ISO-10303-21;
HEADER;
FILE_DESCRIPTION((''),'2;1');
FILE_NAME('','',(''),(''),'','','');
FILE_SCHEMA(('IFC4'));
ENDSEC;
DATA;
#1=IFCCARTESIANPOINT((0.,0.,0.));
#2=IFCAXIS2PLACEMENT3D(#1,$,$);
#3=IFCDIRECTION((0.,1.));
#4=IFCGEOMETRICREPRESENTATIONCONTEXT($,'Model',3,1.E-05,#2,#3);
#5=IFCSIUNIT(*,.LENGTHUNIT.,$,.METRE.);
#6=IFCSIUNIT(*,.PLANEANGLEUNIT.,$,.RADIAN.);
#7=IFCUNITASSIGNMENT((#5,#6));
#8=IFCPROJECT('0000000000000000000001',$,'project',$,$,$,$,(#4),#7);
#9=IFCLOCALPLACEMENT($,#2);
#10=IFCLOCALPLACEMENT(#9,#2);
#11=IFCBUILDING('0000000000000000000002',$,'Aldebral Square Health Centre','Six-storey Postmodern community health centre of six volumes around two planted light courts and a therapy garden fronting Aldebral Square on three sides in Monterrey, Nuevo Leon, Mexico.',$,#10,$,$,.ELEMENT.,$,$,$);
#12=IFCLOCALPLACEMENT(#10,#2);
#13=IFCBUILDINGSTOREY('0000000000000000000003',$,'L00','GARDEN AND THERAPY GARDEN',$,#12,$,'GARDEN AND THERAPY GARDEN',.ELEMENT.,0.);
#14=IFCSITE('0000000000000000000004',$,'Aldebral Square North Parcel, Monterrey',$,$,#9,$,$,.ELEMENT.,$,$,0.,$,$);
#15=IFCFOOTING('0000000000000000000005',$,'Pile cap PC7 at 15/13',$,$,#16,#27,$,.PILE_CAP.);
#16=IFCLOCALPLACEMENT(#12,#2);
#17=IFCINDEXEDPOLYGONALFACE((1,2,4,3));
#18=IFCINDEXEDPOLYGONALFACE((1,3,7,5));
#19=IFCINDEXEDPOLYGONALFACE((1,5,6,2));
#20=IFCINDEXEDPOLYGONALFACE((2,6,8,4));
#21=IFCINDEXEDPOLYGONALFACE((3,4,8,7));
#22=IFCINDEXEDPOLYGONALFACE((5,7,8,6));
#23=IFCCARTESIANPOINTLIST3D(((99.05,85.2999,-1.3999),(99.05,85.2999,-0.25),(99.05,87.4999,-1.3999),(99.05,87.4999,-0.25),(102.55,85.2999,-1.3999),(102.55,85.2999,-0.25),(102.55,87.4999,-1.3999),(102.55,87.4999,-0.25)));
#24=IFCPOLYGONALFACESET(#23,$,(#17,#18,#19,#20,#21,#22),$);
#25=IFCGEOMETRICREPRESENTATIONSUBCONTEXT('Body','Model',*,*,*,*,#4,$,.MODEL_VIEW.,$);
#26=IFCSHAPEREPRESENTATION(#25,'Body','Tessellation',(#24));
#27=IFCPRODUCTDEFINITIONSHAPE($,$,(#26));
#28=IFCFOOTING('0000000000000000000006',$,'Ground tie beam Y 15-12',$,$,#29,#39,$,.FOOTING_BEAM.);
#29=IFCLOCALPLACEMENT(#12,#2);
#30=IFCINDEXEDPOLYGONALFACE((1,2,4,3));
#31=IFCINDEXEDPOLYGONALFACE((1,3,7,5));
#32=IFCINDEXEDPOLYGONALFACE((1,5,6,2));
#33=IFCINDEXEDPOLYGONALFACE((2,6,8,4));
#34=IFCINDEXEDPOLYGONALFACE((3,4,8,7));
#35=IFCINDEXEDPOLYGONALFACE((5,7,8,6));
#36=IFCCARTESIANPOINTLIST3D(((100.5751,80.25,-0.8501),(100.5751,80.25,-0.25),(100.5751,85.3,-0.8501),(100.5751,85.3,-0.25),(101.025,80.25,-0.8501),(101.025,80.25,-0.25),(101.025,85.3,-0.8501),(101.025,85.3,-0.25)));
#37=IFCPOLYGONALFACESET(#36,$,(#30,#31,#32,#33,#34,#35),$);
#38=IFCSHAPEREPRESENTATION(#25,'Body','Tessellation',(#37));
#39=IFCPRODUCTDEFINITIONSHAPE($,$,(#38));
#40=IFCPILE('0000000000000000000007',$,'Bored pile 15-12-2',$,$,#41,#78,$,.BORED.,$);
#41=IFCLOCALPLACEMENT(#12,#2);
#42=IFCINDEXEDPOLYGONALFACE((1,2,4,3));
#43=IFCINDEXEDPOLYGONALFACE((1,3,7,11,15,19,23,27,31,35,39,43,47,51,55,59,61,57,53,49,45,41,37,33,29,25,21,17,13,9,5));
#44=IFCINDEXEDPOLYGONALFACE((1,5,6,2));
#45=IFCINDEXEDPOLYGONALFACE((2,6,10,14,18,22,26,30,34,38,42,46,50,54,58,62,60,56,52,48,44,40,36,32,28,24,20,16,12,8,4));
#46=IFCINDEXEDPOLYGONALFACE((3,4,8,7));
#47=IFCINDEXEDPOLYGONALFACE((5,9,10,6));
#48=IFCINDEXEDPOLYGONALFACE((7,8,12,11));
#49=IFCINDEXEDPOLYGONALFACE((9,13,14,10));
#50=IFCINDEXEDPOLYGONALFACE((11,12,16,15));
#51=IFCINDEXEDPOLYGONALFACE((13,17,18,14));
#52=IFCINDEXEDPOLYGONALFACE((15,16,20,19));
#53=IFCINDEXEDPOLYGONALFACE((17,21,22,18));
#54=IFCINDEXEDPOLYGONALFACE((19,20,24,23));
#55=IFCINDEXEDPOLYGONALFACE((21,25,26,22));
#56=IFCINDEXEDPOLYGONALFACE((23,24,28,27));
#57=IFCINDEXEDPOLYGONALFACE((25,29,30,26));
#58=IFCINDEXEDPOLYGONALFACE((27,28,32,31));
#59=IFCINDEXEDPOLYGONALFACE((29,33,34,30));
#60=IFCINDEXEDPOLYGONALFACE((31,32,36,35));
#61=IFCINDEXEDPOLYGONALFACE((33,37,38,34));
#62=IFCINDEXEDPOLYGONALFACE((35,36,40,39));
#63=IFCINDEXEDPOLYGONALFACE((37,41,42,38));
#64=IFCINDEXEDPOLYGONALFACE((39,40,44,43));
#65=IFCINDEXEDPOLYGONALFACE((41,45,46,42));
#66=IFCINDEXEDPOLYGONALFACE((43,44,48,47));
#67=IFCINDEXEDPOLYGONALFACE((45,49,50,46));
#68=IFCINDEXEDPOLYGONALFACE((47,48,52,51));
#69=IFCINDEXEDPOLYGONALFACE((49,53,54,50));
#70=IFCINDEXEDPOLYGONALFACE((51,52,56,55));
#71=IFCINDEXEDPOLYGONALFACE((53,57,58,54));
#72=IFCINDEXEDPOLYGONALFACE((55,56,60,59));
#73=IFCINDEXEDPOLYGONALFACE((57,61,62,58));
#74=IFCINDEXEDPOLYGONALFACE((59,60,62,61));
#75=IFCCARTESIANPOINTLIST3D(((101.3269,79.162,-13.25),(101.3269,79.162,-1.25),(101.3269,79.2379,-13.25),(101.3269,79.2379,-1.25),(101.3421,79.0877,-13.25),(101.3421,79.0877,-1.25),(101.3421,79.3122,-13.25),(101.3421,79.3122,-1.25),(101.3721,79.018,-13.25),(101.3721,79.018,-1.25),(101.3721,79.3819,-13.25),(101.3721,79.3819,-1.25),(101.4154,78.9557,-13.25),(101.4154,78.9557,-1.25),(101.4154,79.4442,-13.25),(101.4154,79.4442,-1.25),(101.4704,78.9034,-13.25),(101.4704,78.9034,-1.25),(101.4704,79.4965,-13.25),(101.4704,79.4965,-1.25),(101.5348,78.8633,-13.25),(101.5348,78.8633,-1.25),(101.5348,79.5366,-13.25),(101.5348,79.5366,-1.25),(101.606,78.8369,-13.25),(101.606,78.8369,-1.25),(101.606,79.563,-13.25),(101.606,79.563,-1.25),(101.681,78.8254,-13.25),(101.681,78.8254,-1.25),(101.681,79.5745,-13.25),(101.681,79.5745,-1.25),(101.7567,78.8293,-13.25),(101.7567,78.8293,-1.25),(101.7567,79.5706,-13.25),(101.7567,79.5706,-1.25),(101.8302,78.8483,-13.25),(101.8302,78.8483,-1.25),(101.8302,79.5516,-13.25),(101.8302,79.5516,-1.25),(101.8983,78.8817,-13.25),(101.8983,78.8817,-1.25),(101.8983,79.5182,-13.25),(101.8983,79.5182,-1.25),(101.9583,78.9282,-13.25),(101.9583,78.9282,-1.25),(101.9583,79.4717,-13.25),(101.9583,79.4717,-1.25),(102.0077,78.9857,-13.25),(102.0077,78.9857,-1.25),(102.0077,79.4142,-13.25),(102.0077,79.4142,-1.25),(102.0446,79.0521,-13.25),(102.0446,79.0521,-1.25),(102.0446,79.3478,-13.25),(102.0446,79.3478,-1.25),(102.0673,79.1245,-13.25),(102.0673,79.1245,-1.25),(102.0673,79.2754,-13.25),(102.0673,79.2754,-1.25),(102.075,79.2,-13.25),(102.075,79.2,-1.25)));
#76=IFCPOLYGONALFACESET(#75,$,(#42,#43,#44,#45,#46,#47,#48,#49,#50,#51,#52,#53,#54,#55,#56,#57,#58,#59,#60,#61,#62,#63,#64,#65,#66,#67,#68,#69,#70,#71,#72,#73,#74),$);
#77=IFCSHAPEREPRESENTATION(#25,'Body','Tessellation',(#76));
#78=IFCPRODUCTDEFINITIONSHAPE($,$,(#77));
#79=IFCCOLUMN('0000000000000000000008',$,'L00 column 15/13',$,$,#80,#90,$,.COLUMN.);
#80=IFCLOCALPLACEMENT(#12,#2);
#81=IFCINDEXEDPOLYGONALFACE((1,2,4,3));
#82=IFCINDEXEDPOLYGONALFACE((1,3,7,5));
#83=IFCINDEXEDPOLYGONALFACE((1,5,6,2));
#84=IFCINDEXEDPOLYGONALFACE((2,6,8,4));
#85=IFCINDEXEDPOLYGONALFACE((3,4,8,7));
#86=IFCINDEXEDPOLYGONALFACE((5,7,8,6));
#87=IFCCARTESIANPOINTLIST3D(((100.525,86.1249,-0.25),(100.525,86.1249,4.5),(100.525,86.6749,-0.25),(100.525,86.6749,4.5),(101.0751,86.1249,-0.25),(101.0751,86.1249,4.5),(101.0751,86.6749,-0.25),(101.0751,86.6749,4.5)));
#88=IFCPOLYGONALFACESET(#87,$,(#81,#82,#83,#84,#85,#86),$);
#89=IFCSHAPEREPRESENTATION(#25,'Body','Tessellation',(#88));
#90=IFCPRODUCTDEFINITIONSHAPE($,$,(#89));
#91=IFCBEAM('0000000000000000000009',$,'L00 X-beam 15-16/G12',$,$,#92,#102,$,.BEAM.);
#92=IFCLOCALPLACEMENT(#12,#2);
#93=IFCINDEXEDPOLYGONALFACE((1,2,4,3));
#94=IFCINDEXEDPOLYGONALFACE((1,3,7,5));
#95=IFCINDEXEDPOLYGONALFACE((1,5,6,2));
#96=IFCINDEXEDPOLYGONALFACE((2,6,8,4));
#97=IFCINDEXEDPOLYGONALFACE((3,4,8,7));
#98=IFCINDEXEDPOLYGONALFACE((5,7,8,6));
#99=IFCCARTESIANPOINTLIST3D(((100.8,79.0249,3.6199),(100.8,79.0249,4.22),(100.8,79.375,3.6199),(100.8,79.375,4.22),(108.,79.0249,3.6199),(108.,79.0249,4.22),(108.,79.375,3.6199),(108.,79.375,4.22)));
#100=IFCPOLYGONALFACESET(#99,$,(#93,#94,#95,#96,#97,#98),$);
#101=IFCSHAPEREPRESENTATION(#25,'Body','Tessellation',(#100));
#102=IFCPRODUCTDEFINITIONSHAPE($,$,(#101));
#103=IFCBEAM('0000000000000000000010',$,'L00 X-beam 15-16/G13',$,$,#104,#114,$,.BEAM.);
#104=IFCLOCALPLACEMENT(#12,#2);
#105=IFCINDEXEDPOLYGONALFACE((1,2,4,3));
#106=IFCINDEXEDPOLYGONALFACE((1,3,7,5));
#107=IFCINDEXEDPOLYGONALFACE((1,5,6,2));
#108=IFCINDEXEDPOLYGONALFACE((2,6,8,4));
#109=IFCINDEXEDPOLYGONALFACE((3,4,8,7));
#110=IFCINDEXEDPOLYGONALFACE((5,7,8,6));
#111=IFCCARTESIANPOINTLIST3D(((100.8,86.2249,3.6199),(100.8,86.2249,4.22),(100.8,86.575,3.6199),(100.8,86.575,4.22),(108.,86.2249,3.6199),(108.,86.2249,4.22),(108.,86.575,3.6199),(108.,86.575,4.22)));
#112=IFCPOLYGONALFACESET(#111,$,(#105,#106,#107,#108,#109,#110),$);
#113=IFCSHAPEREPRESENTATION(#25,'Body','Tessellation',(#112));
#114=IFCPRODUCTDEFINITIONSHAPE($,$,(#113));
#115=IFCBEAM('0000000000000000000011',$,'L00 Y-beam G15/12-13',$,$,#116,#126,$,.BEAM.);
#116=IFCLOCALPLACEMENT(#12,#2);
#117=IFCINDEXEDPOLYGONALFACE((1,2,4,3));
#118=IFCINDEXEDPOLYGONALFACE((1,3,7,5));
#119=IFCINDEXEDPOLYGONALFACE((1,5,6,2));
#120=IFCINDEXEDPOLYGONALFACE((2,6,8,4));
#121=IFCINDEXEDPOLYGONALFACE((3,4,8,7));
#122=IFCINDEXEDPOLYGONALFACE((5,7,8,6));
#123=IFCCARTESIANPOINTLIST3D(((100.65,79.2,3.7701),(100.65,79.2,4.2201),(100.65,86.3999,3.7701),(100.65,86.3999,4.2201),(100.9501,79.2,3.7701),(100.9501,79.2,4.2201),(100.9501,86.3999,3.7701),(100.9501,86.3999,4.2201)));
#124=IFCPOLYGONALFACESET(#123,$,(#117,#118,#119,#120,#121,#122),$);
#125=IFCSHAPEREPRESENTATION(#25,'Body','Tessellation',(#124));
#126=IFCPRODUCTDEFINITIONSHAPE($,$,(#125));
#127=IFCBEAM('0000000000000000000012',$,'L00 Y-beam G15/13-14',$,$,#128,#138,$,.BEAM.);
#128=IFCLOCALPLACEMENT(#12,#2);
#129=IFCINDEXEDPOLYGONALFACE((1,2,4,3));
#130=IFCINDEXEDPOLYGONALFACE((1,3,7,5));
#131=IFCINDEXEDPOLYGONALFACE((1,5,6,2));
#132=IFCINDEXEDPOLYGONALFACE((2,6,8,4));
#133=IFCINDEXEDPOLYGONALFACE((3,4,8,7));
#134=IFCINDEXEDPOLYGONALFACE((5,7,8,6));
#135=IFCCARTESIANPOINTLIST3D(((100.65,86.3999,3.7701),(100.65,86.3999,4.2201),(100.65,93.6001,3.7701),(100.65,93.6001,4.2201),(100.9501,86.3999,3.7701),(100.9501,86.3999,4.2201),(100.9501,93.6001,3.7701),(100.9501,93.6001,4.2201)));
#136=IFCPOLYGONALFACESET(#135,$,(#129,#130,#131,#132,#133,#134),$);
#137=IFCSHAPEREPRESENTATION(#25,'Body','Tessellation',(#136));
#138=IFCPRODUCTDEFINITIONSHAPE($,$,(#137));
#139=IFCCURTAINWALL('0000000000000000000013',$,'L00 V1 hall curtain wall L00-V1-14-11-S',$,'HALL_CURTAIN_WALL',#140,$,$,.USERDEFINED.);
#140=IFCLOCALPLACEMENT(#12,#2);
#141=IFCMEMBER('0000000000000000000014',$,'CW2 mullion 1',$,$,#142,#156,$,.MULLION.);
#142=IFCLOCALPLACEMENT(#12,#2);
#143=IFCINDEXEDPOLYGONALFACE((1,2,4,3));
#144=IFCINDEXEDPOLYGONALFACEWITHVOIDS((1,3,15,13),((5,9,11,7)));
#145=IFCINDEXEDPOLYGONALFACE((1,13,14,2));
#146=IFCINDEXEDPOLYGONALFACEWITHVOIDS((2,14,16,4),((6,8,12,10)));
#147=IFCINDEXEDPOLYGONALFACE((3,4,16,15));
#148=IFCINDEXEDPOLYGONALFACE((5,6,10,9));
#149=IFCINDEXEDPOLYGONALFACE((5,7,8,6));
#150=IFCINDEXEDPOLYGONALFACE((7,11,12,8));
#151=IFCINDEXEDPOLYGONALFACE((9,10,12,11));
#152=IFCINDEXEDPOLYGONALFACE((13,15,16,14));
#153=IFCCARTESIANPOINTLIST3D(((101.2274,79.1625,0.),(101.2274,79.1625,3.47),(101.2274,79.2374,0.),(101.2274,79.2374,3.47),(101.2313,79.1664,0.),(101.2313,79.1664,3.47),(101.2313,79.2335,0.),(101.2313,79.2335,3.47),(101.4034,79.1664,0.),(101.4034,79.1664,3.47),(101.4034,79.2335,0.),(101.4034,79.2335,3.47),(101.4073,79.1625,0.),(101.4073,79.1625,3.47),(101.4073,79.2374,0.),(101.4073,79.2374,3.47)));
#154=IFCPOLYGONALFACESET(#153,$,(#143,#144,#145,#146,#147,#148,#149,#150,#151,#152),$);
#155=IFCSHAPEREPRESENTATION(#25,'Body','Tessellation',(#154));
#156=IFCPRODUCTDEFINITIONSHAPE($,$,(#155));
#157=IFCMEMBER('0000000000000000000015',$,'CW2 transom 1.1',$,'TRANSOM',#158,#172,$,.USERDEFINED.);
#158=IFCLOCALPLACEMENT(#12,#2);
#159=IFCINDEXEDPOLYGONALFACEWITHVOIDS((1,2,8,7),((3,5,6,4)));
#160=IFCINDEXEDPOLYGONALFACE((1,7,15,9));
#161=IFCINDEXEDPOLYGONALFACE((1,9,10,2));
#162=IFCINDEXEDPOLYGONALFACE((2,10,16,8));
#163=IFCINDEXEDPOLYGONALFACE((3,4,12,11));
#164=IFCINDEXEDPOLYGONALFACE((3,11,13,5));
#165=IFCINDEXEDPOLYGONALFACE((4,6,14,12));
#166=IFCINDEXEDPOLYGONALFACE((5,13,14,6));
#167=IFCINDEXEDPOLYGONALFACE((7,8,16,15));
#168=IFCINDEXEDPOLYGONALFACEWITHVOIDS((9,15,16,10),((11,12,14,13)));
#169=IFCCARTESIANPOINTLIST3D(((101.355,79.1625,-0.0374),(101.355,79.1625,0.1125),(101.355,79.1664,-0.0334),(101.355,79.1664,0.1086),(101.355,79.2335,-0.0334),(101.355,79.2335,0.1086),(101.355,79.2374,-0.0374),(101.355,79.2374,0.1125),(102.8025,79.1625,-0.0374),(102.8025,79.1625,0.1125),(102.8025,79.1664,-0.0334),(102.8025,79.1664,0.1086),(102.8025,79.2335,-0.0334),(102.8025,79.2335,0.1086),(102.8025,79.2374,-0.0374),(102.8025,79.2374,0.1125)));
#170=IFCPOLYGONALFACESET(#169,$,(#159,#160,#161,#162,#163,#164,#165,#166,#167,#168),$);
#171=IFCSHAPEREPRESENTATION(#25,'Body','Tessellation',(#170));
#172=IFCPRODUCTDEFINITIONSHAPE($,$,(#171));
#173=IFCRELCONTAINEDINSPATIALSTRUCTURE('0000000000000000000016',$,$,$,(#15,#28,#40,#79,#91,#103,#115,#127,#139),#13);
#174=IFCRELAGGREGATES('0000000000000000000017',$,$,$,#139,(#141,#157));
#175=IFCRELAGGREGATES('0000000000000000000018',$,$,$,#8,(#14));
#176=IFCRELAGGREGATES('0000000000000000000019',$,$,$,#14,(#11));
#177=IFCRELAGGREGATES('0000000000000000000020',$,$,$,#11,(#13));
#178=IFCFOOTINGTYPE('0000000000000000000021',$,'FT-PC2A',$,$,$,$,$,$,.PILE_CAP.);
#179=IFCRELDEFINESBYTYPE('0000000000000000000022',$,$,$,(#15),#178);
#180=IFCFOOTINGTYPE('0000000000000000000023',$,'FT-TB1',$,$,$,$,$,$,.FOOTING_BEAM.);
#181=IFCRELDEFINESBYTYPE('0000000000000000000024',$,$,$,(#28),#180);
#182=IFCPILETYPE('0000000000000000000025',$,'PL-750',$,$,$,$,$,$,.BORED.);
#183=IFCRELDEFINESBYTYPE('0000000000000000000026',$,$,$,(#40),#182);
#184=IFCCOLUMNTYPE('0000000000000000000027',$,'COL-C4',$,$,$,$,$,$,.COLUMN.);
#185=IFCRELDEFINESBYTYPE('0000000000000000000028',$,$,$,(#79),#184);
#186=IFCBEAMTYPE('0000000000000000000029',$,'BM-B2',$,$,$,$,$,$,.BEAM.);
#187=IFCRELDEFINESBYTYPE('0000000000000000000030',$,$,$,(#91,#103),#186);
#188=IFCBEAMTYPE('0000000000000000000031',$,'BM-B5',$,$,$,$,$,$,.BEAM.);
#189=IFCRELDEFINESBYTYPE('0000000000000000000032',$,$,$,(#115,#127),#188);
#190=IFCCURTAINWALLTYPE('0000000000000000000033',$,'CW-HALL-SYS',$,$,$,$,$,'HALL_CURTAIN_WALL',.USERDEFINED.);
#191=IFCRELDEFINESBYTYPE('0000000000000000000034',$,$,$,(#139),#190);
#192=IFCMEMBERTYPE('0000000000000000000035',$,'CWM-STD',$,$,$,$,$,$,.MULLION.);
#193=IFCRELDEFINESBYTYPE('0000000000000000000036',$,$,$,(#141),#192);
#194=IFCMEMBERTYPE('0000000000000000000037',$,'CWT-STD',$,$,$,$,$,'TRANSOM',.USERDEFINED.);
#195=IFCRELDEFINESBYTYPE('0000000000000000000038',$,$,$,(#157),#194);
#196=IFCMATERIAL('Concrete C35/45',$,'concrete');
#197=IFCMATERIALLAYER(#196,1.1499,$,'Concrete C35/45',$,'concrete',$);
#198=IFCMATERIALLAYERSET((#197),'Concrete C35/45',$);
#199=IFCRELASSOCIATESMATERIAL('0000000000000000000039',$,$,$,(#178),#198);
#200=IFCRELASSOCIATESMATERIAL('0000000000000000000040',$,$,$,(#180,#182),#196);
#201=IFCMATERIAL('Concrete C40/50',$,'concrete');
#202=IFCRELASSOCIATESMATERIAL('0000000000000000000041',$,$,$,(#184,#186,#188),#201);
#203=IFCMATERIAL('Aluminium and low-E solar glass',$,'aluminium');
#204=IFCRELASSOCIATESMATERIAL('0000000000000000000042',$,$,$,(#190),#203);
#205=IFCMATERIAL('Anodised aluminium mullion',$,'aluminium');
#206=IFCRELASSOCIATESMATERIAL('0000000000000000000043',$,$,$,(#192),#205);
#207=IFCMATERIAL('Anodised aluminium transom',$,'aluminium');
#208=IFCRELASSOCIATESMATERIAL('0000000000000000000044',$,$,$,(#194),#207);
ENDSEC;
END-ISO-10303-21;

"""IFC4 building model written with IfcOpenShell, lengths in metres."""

from ifc_helpers import new_model, si_unit, direction, frame, origin, origin_2d, place, context, subcontext, project, spatial, rectangle, hollow_rectangle, circle, extrude, material, layer, layer_set, material_profile, profile_set, type_object, element, aggregate, save


model = new_model("IFC4")

# Units and contexts
model_context = context("Model", 3, precision=1e-05, world=origin(), true_north=direction((0.0, 1.0)))
body_context = subcontext(model_context, "Body", "Model", "MODEL_VIEW")
ifc_project = project(units=[si_unit("LENGTHUNIT", "METRE"), si_unit("PLANEANGLEUNIT", "RADIAN")], contexts=[model_context])

# Site, building, storey
site_placement = place(None, origin())
site = spatial("IfcSite", under=ifc_project, at=site_placement, Name="Aldebral Square North Parcel, Monterrey", CompositionType="ELEMENT", RefElevation=0.0)
building_placement = place(site_placement, origin())
building = spatial("IfcBuilding", under=site, at=building_placement, Name="Aldebral Square Health Centre", Description="Six-storey Postmodern community health centre of six volumes around two planted light courts and a therapy garden fronting Aldebral Square on three sides in Monterrey, Nuevo Leon, Mexico.", CompositionType="ELEMENT")
storey_placement = place(building_placement, origin())
storey = spatial("IfcBuildingStorey", under=building, at=storey_placement, Name="L00", Description="GARDEN AND THERAPY GARDEN", LongName="GARDEN AND THERAPY GARDEN", CompositionType="ELEMENT", Elevation=0.0)

# Footings
ifc_material_1 = material(Name="Concrete C35/45", Category="concrete")
ifc_layer_1 = layer(ifc_material_1, 1.1499, Name="Concrete C35/45", Category="concrete")
ifc_layer_set_1 = layer_set([ifc_layer_1], Name="Concrete C35/45")
footing_type_1 = type_object("IfcFootingType", Name="FT-PC2A", PredefinedType="PILE_CAP", material=ifc_layer_set_1)
footing_1_placement = place(storey_placement, frame((100.8, 86.3999, -1.3999), z_axis=(0.0, 0.0, 1.0), x_axis=(1.0, 0.0, 0.0)))
element("IfcFooting", 1, at=footing_1_placement, inside=storey, type_object=footing_type_1, Name="Pile cap PC7 at 15/13", PredefinedType="PILE_CAP", context=body_context, shape_type="SweptSolid", body=[
    extrude(rectangle(XDim=3.5, YDim=2.2, at=origin_2d()), origin(), (0.0, 0.0, 1.0), 1.1499),
])
ifc_material_profile_1 = material_profile(ifc_material_1, rectangle(XDim=0.45, YDim=0.6001, at=origin_2d()), Name="RC 450x600")
ifc_profile_set_1 = profile_set([ifc_material_profile_1], Name="Concrete C35/45")
footing_type_2 = type_object("IfcFootingType", Name="FT-TB1", PredefinedType="FOOTING_BEAM", material=ifc_profile_set_1)
footing_2_placement = place(storey_placement, frame((100.8, 80.25, -0.55), z_axis=(0.0, 1.0, 0.0), x_axis=(-1.0, 0.0, 0.0)))
element("IfcFooting", 2, at=footing_2_placement, inside=storey, type_object=footing_type_2, Name="Ground tie beam Y 15-12", PredefinedType="FOOTING_BEAM", context=body_context, shape_type="SweptSolid", body=[
    extrude(rectangle(XDim=0.45, YDim=0.6001, at=origin_2d()), origin(), (0.0, 0.0, 1.0), 5.05),
])

# Pile
ifc_material_profile_2 = material_profile(ifc_material_1, circle(Radius=0.375, at=origin_2d()), Name="PILE D750")
ifc_profile_set_2 = profile_set([ifc_material_profile_2], Name="Concrete C35/45")
pile_type = type_object("IfcPileType", Name="PL-750", PredefinedType="BORED", material=ifc_profile_set_2)
pile_placement = place(storey_placement, frame((101.7, 79.2, -1.25), z_axis=(0.0, 0.0, -1.0), x_axis=(1.0, 0.0, 0.0)))
element("IfcPile", 3, at=pile_placement, inside=storey, type_object=pile_type, Name="Bored pile 15-12-2", PredefinedType="BORED", context=body_context, shape_type="SweptSolid", body=[
    extrude(circle(Radius=0.375, at=origin_2d()), origin(), (0.0, 0.0, 1.0), 12.0),
])

# Column
ifc_material_2 = material(Name="Concrete C40/50", Category="concrete")
ifc_material_profile_3 = material_profile(ifc_material_2, rectangle(XDim=0.55, YDim=0.55, at=origin_2d()), Name="RC 550x550")
ifc_profile_set_3 = profile_set([ifc_material_profile_3], Name="Concrete C40/50")
column_type = type_object("IfcColumnType", Name="COL-C4", PredefinedType="COLUMN", material=ifc_profile_set_3)
column_placement = place(storey_placement, frame((100.8, 86.3999, -0.25), z_axis=(0.0, 0.0, 1.0), x_axis=(1.0, 0.0, 0.0)))
element("IfcColumn", 4, at=column_placement, inside=storey, type_object=column_type, Name="L00 column 15/13", PredefinedType="COLUMN", context=body_context, shape_type="SweptSolid", body=[
    extrude(rectangle(XDim=0.55, YDim=0.55, at=origin_2d()), origin(), (0.0, 0.0, 1.0), 4.75),
])

# Beams
ifc_material_profile_4 = material_profile(ifc_material_2, rectangle(XDim=0.3501, YDim=0.6001, at=origin_2d()), Name="RC 350x600")
ifc_profile_set_4 = profile_set([ifc_material_profile_4], Name="Concrete C40/50")
beam_type_1 = type_object("IfcBeamType", Name="BM-B2", PredefinedType="BEAM", material=ifc_profile_set_4)
for number, where, z_axis, x_axis, name in (
    (5, (100.8, 79.2, 3.9199), (1.0, 0.0, 0.0), (0.0, 1.0, 0.0), "L00 X-beam 15-16/G12"),
    (6, (100.8, 86.3999, 3.9199), (1.0, 0.0, 0.0), (0.0, 1.0, 0.0), "L00 X-beam 15-16/G13"),
):
    element("IfcBeam", number, at=place(storey_placement, frame(where, z_axis=z_axis, x_axis=x_axis)), inside=storey, type_object=beam_type_1, Name=name, PredefinedType="BEAM", context=body_context, shape_type="SweptSolid", body=[
        extrude(rectangle(XDim=0.3501, YDim=0.6001, at=origin_2d()), origin(), (0.0, 0.0, 1.0), 7.2),
    ])
ifc_material_profile_5 = material_profile(ifc_material_2, rectangle(XDim=0.3, YDim=0.45, at=origin_2d()), Name="RC 300x450")
ifc_profile_set_5 = profile_set([ifc_material_profile_5], Name="Concrete C40/50")
beam_type_2 = type_object("IfcBeamType", Name="BM-B5", PredefinedType="BEAM", material=ifc_profile_set_5)
beam_1_placement = place(storey_placement, frame((100.8, 79.2, 3.9951), z_axis=(0.0, 1.0, 0.0), x_axis=(-1.0, 0.0, 0.0)))
element("IfcBeam", 7, at=beam_1_placement, inside=storey, type_object=beam_type_2, Name="L00 Y-beam G15/12-13", PredefinedType="BEAM", context=body_context, shape_type="SweptSolid", body=[
    extrude(rectangle(XDim=0.3, YDim=0.45, at=origin_2d()), origin(), (0.0, 0.0, 1.0), 7.2),
])
beam_2_placement = place(storey_placement, frame((100.8, 86.3999, 3.9951), z_axis=(0.0, 1.0, 0.0), x_axis=(-1.0, 0.0, 0.0)))
element("IfcBeam", 8, at=beam_2_placement, inside=storey, type_object=beam_type_2, Name="L00 Y-beam G15/13-14", PredefinedType="BEAM", context=body_context, shape_type="SweptSolid", body=[
    extrude(rectangle(XDim=0.3, YDim=0.45, at=origin_2d()), origin(), (0.0, 0.0, 1.0), 7.2002),
])

# Curtain wall, members
ifc_material_3 = material(Name="Aluminium and low-E solar glass", Category="aluminium")
curtain_wall_type = type_object("IfcCurtainWallType", Name="CW-HALL-SYS", ElementType="HALL_CURTAIN_WALL", PredefinedType="USERDEFINED", material=ifc_material_3)
curtain_wall_placement = place(storey_placement, origin())
curtain_wall = element("IfcCurtainWall", 9, at=curtain_wall_placement, inside=storey, type_object=curtain_wall_type, Name="L00 V1 hall curtain wall L00-V1-14-11-S", ObjectType="HALL_CURTAIN_WALL", PredefinedType="USERDEFINED")
ifc_material_4 = material(Name="Anodised aluminium mullion", Category="aluminium")
ifc_material_profile_6 = material_profile(ifc_material_4, hollow_rectangle(XDim=0.075, YDim=0.1799, WallThickness=0.0039, at=origin_2d()), Name="CWM 75x180x4")
ifc_profile_set_6 = profile_set([ifc_material_profile_6], Name="Anodised aluminium mullion")
member_type_1 = type_object("IfcMemberType", Name="CWM-STD", PredefinedType="MULLION", material=ifc_profile_set_6)
member_1_placement = place(storey_placement, frame((101.3174, 79.2, 0.0), z_axis=(0.0, 0.0, 1.0), x_axis=(0.0, 1.0, 0.0)))
member_1 = element("IfcMember", 10, at=member_1_placement, type_object=member_type_1, Name="CW2 mullion 1", PredefinedType="MULLION", context=body_context, shape_type="SweptSolid", body=[
    extrude(hollow_rectangle(XDim=0.075, YDim=0.1799, WallThickness=0.0039, at=origin_2d()), origin(), (0.0, 0.0, 1.0), 3.47),
])
ifc_material_5 = material(Name="Anodised aluminium transom", Category="aluminium")
ifc_material_profile_7 = material_profile(ifc_material_5, hollow_rectangle(XDim=0.075, YDim=0.1499, WallThickness=0.0039, at=origin_2d()), Name="CWT 75x150x4")
ifc_profile_set_7 = profile_set([ifc_material_profile_7], Name="Anodised aluminium transom")
member_type_2 = type_object("IfcMemberType", Name="CWT-STD", ElementType="TRANSOM", PredefinedType="USERDEFINED", material=ifc_profile_set_7)
member_2_placement = place(storey_placement, frame((101.355, 79.2, 0.0376), z_axis=(1.0, 0.0, 0.0), x_axis=(0.0, 1.0, 0.0)))
member_2 = element("IfcMember", 11, at=member_2_placement, type_object=member_type_2, Name="CW2 transom 1.1", ObjectType="TRANSOM", PredefinedType="USERDEFINED", context=body_context, shape_type="SweptSolid", body=[
    extrude(hollow_rectangle(XDim=0.075, YDim=0.1499, WallThickness=0.0039, at=origin_2d()), origin(), (0.0, 0.0, 1.0), 1.4475),
])
aggregate(curtain_wall, [member_1, member_2])

save(model, "model.ifc")
